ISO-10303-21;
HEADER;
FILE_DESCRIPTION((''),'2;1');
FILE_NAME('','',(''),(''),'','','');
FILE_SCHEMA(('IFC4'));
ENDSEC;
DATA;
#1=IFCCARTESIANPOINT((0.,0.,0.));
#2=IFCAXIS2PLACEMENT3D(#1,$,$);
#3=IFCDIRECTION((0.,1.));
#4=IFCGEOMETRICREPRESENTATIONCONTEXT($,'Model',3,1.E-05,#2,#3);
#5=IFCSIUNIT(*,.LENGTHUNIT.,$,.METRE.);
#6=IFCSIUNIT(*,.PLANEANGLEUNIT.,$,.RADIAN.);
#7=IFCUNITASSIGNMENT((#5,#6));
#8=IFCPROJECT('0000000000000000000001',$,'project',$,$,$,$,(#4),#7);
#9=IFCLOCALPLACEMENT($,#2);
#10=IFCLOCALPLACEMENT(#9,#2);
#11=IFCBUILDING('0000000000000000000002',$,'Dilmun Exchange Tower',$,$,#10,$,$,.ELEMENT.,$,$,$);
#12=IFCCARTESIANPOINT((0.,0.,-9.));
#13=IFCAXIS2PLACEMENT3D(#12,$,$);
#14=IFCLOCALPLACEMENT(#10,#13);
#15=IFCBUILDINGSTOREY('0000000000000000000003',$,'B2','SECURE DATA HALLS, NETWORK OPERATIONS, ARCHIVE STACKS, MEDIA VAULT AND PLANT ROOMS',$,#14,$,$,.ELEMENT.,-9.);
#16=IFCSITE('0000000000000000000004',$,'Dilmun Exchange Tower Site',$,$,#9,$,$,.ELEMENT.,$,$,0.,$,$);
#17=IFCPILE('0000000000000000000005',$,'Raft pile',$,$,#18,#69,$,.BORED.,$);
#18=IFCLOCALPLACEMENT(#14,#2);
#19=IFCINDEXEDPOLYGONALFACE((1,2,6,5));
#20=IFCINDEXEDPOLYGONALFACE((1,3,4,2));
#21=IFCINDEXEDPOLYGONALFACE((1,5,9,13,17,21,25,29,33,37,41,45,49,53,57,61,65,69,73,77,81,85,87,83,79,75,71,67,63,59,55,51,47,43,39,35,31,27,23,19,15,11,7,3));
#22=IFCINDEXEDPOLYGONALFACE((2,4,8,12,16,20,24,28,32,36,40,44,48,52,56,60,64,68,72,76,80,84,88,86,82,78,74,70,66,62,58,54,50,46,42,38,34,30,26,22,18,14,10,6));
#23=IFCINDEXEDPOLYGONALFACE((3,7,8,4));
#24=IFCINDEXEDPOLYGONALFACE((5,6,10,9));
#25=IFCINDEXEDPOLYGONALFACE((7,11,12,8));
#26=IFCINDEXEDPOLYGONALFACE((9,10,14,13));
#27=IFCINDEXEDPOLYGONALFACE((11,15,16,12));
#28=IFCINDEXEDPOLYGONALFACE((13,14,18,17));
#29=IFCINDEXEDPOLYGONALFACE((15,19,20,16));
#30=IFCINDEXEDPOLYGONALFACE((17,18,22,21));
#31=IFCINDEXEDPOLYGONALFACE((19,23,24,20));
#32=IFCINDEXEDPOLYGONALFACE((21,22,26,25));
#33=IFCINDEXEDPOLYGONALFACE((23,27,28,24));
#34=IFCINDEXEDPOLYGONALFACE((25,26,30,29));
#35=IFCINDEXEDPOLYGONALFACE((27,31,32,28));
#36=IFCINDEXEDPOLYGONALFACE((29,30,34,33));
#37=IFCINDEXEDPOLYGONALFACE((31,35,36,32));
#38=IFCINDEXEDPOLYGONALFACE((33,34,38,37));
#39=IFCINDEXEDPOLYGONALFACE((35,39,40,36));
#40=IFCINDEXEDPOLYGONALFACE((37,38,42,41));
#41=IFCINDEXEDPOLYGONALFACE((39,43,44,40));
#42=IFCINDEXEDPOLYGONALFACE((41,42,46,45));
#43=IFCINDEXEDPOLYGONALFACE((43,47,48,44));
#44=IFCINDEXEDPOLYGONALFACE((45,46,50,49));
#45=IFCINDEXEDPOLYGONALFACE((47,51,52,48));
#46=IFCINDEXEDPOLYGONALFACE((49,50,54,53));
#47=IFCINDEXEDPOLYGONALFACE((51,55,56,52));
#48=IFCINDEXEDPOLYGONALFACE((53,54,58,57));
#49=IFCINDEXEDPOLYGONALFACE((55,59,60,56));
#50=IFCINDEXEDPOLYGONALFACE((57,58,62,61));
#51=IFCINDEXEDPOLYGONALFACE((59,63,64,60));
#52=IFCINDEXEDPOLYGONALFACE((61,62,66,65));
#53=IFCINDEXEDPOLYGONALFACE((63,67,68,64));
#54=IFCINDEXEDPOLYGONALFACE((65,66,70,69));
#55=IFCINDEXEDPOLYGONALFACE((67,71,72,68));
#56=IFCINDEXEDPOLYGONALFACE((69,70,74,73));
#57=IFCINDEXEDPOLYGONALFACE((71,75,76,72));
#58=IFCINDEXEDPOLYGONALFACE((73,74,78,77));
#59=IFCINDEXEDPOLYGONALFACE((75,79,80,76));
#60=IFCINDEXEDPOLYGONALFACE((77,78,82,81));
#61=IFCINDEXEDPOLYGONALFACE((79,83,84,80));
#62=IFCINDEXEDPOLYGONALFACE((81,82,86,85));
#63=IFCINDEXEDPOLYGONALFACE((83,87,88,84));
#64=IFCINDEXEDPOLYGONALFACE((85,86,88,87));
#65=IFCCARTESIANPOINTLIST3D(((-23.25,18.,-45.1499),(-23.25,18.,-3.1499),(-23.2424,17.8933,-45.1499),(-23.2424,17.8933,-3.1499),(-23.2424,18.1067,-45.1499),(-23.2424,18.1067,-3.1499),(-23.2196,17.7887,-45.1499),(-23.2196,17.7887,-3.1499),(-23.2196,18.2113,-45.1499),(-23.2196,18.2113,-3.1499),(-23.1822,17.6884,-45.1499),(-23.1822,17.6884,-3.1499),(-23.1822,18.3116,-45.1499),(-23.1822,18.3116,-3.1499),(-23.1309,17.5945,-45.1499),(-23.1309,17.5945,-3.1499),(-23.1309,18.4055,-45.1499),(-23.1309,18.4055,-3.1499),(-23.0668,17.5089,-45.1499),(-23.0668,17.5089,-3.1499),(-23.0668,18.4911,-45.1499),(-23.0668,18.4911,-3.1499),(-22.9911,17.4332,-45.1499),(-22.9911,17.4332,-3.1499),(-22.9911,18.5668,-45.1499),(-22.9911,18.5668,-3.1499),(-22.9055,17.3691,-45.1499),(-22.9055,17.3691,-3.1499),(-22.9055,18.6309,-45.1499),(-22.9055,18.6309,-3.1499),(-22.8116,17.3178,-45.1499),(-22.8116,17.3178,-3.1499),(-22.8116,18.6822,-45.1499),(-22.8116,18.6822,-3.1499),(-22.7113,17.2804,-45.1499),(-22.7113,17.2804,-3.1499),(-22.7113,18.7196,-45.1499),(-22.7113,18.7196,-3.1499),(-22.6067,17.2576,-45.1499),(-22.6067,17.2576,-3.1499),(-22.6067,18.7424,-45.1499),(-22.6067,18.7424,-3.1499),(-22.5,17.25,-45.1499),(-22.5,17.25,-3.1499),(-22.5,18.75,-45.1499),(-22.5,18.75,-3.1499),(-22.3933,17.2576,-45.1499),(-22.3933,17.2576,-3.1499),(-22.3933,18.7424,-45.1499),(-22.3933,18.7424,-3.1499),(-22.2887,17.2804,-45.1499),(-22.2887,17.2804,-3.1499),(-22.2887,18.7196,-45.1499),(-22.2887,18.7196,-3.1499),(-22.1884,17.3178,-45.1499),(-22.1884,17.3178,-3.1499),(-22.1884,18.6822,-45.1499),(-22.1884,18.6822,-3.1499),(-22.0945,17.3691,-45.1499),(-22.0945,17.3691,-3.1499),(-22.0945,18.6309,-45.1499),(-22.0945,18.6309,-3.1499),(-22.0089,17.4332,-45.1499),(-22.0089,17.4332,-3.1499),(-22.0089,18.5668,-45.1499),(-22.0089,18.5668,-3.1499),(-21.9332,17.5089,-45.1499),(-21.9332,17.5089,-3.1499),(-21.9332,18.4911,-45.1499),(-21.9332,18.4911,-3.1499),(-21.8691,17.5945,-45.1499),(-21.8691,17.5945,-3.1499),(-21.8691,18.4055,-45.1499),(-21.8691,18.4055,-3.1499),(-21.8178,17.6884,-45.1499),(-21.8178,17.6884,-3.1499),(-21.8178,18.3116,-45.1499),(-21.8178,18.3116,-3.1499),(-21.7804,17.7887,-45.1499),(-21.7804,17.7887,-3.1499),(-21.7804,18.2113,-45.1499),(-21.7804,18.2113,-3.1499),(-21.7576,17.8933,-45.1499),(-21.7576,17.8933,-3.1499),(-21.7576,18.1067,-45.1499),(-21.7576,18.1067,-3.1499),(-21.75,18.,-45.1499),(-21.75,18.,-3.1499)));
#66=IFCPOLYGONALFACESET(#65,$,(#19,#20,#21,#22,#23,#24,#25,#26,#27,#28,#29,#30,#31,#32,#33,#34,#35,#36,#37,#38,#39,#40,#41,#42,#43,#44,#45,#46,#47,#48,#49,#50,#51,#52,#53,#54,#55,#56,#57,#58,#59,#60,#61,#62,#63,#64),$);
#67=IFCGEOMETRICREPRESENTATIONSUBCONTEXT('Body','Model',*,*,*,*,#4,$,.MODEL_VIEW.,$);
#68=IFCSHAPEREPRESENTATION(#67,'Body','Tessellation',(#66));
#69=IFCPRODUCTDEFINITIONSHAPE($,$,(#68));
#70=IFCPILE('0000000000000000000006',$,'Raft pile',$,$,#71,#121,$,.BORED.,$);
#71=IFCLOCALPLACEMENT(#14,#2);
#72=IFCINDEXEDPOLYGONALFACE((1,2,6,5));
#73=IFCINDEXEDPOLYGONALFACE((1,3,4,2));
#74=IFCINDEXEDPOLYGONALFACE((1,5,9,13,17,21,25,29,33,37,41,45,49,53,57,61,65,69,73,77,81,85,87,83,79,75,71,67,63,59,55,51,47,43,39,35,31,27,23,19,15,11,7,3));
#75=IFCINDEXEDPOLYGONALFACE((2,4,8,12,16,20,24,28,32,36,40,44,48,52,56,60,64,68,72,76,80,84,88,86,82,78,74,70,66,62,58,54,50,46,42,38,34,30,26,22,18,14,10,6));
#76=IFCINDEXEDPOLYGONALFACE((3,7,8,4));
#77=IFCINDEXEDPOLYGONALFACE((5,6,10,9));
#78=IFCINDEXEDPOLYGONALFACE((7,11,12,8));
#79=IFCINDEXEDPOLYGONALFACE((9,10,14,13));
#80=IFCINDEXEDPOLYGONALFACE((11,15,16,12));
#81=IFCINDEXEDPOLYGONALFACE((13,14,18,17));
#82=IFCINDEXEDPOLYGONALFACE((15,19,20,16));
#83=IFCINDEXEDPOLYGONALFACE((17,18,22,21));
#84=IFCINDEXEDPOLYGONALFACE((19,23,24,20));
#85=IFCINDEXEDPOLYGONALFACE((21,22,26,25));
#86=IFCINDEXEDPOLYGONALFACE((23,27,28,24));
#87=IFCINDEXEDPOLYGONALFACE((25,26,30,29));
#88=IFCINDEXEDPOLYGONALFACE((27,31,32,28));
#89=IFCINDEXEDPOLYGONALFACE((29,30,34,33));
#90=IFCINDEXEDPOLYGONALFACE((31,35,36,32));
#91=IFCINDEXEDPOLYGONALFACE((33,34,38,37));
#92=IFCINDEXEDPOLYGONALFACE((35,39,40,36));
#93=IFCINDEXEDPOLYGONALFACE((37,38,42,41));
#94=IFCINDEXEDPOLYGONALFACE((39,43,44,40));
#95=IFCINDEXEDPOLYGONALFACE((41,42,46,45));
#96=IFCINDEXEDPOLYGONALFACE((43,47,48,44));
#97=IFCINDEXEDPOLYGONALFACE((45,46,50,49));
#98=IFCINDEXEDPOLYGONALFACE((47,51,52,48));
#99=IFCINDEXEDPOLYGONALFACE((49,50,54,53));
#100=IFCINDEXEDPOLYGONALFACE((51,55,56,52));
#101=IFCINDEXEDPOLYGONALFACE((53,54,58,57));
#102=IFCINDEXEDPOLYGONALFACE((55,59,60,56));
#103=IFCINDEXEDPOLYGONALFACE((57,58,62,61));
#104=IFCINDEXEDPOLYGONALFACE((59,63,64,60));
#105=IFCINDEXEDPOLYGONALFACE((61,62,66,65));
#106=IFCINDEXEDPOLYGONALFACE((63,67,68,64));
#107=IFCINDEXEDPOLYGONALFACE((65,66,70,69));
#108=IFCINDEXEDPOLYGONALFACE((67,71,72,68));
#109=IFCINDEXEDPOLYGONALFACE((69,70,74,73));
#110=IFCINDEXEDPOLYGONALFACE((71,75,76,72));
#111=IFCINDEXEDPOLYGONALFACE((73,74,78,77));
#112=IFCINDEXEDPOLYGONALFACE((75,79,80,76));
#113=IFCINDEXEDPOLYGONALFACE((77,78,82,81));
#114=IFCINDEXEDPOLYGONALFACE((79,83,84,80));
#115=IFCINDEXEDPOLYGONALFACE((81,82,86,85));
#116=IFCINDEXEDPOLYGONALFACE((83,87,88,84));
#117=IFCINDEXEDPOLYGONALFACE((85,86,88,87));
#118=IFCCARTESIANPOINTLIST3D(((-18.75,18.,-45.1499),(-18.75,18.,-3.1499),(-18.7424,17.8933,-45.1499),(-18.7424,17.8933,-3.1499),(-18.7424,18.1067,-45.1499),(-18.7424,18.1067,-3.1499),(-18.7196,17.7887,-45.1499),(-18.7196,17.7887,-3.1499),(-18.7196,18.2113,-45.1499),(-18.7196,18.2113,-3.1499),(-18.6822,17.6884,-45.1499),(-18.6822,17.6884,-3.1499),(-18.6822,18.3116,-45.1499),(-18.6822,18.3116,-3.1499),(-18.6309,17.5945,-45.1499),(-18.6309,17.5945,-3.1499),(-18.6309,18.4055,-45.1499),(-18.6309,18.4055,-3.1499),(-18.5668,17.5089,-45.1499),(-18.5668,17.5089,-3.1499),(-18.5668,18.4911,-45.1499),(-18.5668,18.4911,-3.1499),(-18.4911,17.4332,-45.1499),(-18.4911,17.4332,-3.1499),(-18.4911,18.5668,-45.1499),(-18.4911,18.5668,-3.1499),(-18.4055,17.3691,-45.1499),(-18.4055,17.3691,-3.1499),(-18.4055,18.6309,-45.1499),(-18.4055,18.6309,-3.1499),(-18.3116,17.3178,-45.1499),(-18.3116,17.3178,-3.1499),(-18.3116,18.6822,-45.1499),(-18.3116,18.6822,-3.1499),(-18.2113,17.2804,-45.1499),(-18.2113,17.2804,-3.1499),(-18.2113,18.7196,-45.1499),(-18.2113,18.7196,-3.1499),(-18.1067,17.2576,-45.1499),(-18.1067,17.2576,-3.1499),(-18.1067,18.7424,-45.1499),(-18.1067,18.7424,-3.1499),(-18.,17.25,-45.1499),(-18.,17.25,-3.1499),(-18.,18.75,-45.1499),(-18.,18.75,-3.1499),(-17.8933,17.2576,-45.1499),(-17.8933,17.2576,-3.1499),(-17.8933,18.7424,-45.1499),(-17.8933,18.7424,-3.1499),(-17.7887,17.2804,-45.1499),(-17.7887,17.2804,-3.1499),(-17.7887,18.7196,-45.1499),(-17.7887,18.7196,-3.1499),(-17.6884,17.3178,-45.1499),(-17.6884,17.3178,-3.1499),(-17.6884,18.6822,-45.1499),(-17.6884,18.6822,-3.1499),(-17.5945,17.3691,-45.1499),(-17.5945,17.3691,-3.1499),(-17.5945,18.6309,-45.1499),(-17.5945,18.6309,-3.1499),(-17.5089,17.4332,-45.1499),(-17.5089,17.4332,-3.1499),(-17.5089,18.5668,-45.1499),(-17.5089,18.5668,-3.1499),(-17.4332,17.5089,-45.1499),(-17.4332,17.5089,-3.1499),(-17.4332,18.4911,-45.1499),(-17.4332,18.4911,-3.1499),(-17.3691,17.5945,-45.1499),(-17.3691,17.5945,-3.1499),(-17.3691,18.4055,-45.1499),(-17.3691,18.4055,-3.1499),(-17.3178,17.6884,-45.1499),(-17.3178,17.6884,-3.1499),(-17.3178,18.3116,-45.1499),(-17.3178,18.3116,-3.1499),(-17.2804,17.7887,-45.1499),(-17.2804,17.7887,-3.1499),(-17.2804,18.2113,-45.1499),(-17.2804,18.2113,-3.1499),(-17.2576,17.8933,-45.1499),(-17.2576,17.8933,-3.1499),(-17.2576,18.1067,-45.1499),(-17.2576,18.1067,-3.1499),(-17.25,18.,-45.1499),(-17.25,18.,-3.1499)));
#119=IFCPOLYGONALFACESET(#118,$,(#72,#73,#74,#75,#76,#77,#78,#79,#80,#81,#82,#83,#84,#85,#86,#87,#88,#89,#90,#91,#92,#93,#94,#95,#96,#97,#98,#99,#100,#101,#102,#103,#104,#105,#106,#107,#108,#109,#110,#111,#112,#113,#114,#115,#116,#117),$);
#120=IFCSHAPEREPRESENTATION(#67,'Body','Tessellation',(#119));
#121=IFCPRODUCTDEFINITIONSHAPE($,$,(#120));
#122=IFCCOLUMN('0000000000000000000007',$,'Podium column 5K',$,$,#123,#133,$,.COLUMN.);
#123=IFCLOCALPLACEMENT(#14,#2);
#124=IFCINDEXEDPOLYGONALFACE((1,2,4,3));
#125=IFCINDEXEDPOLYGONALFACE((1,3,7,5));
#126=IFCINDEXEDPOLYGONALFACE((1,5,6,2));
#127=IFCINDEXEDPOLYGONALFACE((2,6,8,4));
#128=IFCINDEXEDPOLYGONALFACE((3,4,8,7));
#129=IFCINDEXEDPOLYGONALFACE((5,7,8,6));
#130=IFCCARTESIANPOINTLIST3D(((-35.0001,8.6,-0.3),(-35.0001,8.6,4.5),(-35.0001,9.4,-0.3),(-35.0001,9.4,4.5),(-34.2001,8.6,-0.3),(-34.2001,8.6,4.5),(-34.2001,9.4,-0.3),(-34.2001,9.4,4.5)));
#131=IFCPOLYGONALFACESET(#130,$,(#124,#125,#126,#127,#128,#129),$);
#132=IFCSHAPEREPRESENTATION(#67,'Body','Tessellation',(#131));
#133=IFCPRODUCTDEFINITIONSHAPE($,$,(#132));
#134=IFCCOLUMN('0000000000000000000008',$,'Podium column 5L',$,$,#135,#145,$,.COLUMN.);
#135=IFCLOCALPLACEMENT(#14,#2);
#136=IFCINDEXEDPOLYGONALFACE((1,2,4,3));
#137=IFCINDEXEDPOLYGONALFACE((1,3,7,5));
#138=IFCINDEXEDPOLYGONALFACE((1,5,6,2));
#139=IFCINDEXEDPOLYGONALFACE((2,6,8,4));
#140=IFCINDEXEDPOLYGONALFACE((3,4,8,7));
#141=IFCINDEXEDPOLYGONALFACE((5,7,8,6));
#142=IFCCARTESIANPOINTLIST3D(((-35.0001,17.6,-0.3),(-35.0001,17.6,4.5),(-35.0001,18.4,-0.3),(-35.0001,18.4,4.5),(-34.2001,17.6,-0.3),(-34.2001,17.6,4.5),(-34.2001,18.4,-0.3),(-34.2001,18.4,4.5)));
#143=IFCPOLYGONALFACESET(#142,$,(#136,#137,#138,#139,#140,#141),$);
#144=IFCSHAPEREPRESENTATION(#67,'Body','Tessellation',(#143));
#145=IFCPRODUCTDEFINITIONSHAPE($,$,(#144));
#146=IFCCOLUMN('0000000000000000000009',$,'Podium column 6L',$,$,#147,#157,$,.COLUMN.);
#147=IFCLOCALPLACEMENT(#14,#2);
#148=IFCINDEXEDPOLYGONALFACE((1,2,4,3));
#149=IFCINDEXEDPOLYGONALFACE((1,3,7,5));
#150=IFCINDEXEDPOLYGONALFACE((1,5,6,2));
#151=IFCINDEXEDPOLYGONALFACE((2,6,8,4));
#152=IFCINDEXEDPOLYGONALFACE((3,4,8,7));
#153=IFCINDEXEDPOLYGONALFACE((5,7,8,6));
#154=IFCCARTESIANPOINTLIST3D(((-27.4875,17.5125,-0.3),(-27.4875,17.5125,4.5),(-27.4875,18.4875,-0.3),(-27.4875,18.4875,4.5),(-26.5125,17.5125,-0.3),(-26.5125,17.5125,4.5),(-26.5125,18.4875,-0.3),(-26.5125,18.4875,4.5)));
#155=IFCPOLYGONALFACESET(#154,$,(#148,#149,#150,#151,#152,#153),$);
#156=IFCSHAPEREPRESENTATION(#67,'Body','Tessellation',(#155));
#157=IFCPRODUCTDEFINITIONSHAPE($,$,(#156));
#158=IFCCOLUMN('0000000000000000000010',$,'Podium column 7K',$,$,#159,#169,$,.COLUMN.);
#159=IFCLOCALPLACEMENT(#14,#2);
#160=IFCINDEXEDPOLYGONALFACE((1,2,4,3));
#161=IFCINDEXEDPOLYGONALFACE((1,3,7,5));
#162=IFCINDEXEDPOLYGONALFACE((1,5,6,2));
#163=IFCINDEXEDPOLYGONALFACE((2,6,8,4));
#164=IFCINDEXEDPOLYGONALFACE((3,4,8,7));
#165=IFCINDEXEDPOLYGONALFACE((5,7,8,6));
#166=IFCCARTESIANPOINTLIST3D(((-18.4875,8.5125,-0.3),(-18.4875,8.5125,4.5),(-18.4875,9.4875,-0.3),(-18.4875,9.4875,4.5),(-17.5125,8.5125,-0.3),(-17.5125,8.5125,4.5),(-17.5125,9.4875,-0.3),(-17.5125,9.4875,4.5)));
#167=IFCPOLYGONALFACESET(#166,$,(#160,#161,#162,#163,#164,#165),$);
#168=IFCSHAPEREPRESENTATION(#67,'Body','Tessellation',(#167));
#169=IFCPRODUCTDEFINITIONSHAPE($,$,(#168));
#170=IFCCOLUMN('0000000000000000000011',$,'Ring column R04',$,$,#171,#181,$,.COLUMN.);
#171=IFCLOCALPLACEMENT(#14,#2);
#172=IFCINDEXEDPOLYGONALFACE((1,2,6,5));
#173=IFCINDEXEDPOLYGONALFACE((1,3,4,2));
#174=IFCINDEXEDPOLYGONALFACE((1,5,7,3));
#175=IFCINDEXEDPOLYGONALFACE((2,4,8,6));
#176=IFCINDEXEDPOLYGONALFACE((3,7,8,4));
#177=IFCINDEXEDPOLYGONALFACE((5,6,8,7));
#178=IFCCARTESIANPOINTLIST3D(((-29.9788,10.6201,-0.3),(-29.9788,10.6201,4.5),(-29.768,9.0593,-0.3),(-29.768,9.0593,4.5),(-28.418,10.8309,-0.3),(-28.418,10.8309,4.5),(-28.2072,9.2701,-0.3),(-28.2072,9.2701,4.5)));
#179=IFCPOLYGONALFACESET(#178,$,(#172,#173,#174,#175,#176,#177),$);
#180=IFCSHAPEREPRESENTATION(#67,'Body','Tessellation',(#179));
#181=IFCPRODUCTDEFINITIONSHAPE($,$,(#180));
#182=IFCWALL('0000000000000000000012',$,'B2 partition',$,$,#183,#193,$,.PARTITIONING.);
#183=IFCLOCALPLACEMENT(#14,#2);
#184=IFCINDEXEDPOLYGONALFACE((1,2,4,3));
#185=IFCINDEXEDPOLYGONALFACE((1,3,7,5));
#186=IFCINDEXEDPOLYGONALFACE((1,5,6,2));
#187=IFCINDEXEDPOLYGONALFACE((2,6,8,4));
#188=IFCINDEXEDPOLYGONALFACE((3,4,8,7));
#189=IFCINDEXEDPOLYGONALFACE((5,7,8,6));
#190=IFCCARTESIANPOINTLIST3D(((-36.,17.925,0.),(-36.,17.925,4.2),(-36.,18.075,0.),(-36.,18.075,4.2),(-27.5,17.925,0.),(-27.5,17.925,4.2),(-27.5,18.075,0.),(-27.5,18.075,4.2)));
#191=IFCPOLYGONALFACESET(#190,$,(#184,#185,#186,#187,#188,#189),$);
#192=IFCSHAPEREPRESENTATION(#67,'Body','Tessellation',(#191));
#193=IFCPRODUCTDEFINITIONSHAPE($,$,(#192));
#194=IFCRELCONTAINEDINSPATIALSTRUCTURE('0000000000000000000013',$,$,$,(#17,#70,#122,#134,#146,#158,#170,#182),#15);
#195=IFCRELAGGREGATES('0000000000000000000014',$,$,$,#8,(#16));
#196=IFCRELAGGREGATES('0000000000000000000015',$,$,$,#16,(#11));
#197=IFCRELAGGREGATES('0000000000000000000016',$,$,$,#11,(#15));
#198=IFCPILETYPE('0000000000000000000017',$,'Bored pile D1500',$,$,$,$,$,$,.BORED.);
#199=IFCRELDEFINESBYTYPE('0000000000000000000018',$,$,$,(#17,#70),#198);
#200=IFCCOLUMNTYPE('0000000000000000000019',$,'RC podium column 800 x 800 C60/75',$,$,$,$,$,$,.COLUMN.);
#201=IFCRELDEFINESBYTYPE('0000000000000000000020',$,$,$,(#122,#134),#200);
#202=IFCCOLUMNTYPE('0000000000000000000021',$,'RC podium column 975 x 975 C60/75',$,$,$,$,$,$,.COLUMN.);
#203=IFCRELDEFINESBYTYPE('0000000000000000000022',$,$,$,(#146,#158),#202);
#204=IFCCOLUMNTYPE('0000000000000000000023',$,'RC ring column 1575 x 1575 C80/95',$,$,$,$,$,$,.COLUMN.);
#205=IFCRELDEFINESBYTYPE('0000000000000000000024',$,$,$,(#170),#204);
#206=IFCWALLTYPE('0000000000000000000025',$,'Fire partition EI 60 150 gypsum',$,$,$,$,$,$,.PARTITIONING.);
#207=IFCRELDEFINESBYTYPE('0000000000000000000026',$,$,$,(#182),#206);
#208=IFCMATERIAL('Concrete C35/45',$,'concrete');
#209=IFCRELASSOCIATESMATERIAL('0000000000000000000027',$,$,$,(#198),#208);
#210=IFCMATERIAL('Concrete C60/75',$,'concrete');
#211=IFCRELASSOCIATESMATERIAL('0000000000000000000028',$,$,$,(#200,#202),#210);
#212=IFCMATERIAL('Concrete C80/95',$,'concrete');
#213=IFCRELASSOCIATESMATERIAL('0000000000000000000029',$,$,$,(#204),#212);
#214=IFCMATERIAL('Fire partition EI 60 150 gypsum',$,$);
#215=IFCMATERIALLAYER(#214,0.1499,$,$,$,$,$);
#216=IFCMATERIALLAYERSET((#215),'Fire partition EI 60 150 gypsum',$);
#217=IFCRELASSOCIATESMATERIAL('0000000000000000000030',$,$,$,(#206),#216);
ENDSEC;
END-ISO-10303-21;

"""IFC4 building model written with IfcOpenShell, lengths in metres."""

from ifc_helpers import new_model, si_unit, direction, frame, frame_2d, origin, origin_2d, place, context, subcontext, project, spatial, rectangle, circle, extrude, material, layer, layer_set, material_profile, profile_set, type_object, element, save


model = new_model("IFC4")

# Units and contexts
model_context = context("Model", 3, precision=1e-05, world=origin(), true_north=direction((0.0, 1.0)))
body_context = subcontext(model_context, "Body", "Model", "MODEL_VIEW")
ifc_project = project(units=[si_unit("LENGTHUNIT", "METRE"), si_unit("PLANEANGLEUNIT", "RADIAN")], contexts=[model_context])

# Site, building, storey
site_placement = place(None, origin())
site = spatial("IfcSite", under=ifc_project, at=site_placement, Name="Dilmun Exchange Tower Site", CompositionType="ELEMENT", RefElevation=0.0)
building_placement = place(site_placement, origin())
building = spatial("IfcBuilding", under=site, at=building_placement, Name="Dilmun Exchange Tower", CompositionType="ELEMENT")
storey_placement = place(building_placement, frame((0.0, 0.0, -9.0)))
storey = spatial("IfcBuildingStorey", under=building, at=storey_placement, Name="B2", Description="SECURE DATA HALLS, NETWORK OPERATIONS, ARCHIVE STACKS, MEDIA VAULT AND PLANT ROOMS", CompositionType="ELEMENT", Elevation=-9.0)

# Piles
ifc_material_1 = material(Name="Concrete C35/45", Category="concrete")
ifc_material_profile_1 = material_profile(ifc_material_1, circle(Radius=0.75, at=origin_2d()), Name="D1500")
ifc_profile_set_1 = profile_set([ifc_material_profile_1], Name="Concrete C35/45")
pile_type = type_object("IfcPileType", Name="Bored pile D1500", PredefinedType="BORED", material=ifc_profile_set_1)
for number, where, z_axis, x_axis, name in (
    (1, (-22.5, 18.0, -3.1499), (0.0, 0.0, -1.0), (1.0, 0.0, 0.0), "Raft pile"),
    (2, (-18.0, 18.0, -3.1499), (0.0, 0.0, -1.0), (1.0, 0.0, 0.0), "Raft pile"),
):
    element("IfcPile", number, at=place(storey_placement, frame(where, z_axis=z_axis, x_axis=x_axis)), inside=storey, type_object=pile_type, Name=name, PredefinedType="BORED", context=body_context, shape_type="SweptSolid", body=[
        extrude(circle(Radius=0.75, at=origin_2d()), origin(), (0.0, 0.0, 1.0), 42.0),
    ])

# Columns
ifc_material_2 = material(Name="Concrete C60/75", Category="concrete")
ifc_material_profile_2 = material_profile(ifc_material_2, rectangle(XDim=0.8, YDim=0.8, at=origin_2d()), Name="800 x 800")
ifc_profile_set_2 = profile_set([ifc_material_profile_2], Name="Concrete C60/75")
column_type_1 = type_object("IfcColumnType", Name="RC podium column 800 x 800 C60/75", PredefinedType="COLUMN", material=ifc_profile_set_2)
for number, where, z_axis, x_axis, name in (
    (3, (-34.6001, 9.0, -0.3), (0.0, 0.0, 1.0), (1.0, 0.0, 0.0), "Podium column 5K"),
    (4, (-34.6001, 18.0, -0.3), (0.0, 0.0, 1.0), (1.0, 0.0, 0.0), "Podium column 5L"),
):
    element("IfcColumn", number, at=place(storey_placement, frame(where, z_axis=z_axis, x_axis=x_axis)), inside=storey, type_object=column_type_1, Name=name, PredefinedType="COLUMN", context=body_context, shape_type="SweptSolid", body=[
        extrude(rectangle(XDim=0.8, YDim=0.8, at=origin_2d()), origin(), (0.0, 0.0, 1.0), 4.8),
    ])
ifc_material_profile_3 = material_profile(ifc_material_2, rectangle(XDim=0.9751, YDim=0.9751, at=origin_2d()), Name="975 x 975")
ifc_profile_set_3 = profile_set([ifc_material_profile_3], Name="Concrete C60/75")
column_type_2 = type_object("IfcColumnType", Name="RC podium column 975 x 975 C60/75", PredefinedType="COLUMN", material=ifc_profile_set_3)
for number, where, z_axis, x_axis, name in (
    (5, (-27.0, 18.0, -0.3), (0.0, 0.0, 1.0), (1.0, 0.0, 0.0), "Podium column 6L"),
    (6, (-18.0, 9.0, -0.3), (0.0, 0.0, 1.0), (1.0, 0.0, 0.0), "Podium column 7K"),
):
    element("IfcColumn", number, at=place(storey_placement, frame(where, z_axis=z_axis, x_axis=x_axis)), inside=storey, type_object=column_type_2, Name=name, PredefinedType="COLUMN", context=body_context, shape_type="SweptSolid", body=[
        extrude(rectangle(XDim=0.9751, YDim=0.9751, at=origin_2d()), origin(), (0.0, 0.0, 1.0), 4.8),
    ])
ifc_material_3 = material(Name="Concrete C80/95", Category="concrete")
ifc_material_profile_4 = material_profile(ifc_material_3, rectangle(XDim=1.575, YDim=1.575, at=origin_2d()), Name="1575 x 1575")
ifc_profile_set_4 = profile_set([ifc_material_profile_4], Name="Concrete C80/95")
column_type_3 = type_object("IfcColumnType", Name="RC ring column 1575 x 1575 C80/95", PredefinedType="COLUMN", material=ifc_profile_set_4)
column_placement = place(storey_placement, frame((-29.093, 9.9451, -0.3), z_axis=(0.0, 0.0, 1.0), x_axis=(0.991001, 0.133853, 0.0)))
element("IfcColumn", 7, at=column_placement, inside=storey, type_object=column_type_3, Name="Ring column R04", PredefinedType="COLUMN", context=body_context, shape_type="SweptSolid", body=[
    extrude(rectangle(XDim=1.575, YDim=1.575, at=origin_2d()), origin(), (0.0, 0.0, 1.0), 4.8),
])

# Wall
ifc_material_4 = material(Name="Fire partition EI 60 150 gypsum")
ifc_layer_1 = layer(ifc_material_4, 0.1499)
ifc_layer_set_1 = layer_set([ifc_layer_1], Name="Fire partition EI 60 150 gypsum")
wall_type_1 = type_object("IfcWallType", Name="Fire partition EI 60 150 gypsum", PredefinedType="PARTITIONING", material=ifc_layer_set_1)
wall_1_placement = place(storey_placement, frame((-36.0, 18.0, 0.0), z_axis=(0.0, 0.0, 1.0), x_axis=(1.0, 0.0, 0.0)))
element("IfcWall", 8, at=wall_1_placement, inside=storey, type_object=wall_type_1, Name="B2 partition", PredefinedType="PARTITIONING", context=body_context, shape_type="SweptSolid", body=[
    extrude(rectangle(XDim=8.5, YDim=0.1499, at=frame_2d((4.25, 0.0))), origin(), (0.0, 0.0, 1.0), 4.2),
])

save(model, "model.ifc")
